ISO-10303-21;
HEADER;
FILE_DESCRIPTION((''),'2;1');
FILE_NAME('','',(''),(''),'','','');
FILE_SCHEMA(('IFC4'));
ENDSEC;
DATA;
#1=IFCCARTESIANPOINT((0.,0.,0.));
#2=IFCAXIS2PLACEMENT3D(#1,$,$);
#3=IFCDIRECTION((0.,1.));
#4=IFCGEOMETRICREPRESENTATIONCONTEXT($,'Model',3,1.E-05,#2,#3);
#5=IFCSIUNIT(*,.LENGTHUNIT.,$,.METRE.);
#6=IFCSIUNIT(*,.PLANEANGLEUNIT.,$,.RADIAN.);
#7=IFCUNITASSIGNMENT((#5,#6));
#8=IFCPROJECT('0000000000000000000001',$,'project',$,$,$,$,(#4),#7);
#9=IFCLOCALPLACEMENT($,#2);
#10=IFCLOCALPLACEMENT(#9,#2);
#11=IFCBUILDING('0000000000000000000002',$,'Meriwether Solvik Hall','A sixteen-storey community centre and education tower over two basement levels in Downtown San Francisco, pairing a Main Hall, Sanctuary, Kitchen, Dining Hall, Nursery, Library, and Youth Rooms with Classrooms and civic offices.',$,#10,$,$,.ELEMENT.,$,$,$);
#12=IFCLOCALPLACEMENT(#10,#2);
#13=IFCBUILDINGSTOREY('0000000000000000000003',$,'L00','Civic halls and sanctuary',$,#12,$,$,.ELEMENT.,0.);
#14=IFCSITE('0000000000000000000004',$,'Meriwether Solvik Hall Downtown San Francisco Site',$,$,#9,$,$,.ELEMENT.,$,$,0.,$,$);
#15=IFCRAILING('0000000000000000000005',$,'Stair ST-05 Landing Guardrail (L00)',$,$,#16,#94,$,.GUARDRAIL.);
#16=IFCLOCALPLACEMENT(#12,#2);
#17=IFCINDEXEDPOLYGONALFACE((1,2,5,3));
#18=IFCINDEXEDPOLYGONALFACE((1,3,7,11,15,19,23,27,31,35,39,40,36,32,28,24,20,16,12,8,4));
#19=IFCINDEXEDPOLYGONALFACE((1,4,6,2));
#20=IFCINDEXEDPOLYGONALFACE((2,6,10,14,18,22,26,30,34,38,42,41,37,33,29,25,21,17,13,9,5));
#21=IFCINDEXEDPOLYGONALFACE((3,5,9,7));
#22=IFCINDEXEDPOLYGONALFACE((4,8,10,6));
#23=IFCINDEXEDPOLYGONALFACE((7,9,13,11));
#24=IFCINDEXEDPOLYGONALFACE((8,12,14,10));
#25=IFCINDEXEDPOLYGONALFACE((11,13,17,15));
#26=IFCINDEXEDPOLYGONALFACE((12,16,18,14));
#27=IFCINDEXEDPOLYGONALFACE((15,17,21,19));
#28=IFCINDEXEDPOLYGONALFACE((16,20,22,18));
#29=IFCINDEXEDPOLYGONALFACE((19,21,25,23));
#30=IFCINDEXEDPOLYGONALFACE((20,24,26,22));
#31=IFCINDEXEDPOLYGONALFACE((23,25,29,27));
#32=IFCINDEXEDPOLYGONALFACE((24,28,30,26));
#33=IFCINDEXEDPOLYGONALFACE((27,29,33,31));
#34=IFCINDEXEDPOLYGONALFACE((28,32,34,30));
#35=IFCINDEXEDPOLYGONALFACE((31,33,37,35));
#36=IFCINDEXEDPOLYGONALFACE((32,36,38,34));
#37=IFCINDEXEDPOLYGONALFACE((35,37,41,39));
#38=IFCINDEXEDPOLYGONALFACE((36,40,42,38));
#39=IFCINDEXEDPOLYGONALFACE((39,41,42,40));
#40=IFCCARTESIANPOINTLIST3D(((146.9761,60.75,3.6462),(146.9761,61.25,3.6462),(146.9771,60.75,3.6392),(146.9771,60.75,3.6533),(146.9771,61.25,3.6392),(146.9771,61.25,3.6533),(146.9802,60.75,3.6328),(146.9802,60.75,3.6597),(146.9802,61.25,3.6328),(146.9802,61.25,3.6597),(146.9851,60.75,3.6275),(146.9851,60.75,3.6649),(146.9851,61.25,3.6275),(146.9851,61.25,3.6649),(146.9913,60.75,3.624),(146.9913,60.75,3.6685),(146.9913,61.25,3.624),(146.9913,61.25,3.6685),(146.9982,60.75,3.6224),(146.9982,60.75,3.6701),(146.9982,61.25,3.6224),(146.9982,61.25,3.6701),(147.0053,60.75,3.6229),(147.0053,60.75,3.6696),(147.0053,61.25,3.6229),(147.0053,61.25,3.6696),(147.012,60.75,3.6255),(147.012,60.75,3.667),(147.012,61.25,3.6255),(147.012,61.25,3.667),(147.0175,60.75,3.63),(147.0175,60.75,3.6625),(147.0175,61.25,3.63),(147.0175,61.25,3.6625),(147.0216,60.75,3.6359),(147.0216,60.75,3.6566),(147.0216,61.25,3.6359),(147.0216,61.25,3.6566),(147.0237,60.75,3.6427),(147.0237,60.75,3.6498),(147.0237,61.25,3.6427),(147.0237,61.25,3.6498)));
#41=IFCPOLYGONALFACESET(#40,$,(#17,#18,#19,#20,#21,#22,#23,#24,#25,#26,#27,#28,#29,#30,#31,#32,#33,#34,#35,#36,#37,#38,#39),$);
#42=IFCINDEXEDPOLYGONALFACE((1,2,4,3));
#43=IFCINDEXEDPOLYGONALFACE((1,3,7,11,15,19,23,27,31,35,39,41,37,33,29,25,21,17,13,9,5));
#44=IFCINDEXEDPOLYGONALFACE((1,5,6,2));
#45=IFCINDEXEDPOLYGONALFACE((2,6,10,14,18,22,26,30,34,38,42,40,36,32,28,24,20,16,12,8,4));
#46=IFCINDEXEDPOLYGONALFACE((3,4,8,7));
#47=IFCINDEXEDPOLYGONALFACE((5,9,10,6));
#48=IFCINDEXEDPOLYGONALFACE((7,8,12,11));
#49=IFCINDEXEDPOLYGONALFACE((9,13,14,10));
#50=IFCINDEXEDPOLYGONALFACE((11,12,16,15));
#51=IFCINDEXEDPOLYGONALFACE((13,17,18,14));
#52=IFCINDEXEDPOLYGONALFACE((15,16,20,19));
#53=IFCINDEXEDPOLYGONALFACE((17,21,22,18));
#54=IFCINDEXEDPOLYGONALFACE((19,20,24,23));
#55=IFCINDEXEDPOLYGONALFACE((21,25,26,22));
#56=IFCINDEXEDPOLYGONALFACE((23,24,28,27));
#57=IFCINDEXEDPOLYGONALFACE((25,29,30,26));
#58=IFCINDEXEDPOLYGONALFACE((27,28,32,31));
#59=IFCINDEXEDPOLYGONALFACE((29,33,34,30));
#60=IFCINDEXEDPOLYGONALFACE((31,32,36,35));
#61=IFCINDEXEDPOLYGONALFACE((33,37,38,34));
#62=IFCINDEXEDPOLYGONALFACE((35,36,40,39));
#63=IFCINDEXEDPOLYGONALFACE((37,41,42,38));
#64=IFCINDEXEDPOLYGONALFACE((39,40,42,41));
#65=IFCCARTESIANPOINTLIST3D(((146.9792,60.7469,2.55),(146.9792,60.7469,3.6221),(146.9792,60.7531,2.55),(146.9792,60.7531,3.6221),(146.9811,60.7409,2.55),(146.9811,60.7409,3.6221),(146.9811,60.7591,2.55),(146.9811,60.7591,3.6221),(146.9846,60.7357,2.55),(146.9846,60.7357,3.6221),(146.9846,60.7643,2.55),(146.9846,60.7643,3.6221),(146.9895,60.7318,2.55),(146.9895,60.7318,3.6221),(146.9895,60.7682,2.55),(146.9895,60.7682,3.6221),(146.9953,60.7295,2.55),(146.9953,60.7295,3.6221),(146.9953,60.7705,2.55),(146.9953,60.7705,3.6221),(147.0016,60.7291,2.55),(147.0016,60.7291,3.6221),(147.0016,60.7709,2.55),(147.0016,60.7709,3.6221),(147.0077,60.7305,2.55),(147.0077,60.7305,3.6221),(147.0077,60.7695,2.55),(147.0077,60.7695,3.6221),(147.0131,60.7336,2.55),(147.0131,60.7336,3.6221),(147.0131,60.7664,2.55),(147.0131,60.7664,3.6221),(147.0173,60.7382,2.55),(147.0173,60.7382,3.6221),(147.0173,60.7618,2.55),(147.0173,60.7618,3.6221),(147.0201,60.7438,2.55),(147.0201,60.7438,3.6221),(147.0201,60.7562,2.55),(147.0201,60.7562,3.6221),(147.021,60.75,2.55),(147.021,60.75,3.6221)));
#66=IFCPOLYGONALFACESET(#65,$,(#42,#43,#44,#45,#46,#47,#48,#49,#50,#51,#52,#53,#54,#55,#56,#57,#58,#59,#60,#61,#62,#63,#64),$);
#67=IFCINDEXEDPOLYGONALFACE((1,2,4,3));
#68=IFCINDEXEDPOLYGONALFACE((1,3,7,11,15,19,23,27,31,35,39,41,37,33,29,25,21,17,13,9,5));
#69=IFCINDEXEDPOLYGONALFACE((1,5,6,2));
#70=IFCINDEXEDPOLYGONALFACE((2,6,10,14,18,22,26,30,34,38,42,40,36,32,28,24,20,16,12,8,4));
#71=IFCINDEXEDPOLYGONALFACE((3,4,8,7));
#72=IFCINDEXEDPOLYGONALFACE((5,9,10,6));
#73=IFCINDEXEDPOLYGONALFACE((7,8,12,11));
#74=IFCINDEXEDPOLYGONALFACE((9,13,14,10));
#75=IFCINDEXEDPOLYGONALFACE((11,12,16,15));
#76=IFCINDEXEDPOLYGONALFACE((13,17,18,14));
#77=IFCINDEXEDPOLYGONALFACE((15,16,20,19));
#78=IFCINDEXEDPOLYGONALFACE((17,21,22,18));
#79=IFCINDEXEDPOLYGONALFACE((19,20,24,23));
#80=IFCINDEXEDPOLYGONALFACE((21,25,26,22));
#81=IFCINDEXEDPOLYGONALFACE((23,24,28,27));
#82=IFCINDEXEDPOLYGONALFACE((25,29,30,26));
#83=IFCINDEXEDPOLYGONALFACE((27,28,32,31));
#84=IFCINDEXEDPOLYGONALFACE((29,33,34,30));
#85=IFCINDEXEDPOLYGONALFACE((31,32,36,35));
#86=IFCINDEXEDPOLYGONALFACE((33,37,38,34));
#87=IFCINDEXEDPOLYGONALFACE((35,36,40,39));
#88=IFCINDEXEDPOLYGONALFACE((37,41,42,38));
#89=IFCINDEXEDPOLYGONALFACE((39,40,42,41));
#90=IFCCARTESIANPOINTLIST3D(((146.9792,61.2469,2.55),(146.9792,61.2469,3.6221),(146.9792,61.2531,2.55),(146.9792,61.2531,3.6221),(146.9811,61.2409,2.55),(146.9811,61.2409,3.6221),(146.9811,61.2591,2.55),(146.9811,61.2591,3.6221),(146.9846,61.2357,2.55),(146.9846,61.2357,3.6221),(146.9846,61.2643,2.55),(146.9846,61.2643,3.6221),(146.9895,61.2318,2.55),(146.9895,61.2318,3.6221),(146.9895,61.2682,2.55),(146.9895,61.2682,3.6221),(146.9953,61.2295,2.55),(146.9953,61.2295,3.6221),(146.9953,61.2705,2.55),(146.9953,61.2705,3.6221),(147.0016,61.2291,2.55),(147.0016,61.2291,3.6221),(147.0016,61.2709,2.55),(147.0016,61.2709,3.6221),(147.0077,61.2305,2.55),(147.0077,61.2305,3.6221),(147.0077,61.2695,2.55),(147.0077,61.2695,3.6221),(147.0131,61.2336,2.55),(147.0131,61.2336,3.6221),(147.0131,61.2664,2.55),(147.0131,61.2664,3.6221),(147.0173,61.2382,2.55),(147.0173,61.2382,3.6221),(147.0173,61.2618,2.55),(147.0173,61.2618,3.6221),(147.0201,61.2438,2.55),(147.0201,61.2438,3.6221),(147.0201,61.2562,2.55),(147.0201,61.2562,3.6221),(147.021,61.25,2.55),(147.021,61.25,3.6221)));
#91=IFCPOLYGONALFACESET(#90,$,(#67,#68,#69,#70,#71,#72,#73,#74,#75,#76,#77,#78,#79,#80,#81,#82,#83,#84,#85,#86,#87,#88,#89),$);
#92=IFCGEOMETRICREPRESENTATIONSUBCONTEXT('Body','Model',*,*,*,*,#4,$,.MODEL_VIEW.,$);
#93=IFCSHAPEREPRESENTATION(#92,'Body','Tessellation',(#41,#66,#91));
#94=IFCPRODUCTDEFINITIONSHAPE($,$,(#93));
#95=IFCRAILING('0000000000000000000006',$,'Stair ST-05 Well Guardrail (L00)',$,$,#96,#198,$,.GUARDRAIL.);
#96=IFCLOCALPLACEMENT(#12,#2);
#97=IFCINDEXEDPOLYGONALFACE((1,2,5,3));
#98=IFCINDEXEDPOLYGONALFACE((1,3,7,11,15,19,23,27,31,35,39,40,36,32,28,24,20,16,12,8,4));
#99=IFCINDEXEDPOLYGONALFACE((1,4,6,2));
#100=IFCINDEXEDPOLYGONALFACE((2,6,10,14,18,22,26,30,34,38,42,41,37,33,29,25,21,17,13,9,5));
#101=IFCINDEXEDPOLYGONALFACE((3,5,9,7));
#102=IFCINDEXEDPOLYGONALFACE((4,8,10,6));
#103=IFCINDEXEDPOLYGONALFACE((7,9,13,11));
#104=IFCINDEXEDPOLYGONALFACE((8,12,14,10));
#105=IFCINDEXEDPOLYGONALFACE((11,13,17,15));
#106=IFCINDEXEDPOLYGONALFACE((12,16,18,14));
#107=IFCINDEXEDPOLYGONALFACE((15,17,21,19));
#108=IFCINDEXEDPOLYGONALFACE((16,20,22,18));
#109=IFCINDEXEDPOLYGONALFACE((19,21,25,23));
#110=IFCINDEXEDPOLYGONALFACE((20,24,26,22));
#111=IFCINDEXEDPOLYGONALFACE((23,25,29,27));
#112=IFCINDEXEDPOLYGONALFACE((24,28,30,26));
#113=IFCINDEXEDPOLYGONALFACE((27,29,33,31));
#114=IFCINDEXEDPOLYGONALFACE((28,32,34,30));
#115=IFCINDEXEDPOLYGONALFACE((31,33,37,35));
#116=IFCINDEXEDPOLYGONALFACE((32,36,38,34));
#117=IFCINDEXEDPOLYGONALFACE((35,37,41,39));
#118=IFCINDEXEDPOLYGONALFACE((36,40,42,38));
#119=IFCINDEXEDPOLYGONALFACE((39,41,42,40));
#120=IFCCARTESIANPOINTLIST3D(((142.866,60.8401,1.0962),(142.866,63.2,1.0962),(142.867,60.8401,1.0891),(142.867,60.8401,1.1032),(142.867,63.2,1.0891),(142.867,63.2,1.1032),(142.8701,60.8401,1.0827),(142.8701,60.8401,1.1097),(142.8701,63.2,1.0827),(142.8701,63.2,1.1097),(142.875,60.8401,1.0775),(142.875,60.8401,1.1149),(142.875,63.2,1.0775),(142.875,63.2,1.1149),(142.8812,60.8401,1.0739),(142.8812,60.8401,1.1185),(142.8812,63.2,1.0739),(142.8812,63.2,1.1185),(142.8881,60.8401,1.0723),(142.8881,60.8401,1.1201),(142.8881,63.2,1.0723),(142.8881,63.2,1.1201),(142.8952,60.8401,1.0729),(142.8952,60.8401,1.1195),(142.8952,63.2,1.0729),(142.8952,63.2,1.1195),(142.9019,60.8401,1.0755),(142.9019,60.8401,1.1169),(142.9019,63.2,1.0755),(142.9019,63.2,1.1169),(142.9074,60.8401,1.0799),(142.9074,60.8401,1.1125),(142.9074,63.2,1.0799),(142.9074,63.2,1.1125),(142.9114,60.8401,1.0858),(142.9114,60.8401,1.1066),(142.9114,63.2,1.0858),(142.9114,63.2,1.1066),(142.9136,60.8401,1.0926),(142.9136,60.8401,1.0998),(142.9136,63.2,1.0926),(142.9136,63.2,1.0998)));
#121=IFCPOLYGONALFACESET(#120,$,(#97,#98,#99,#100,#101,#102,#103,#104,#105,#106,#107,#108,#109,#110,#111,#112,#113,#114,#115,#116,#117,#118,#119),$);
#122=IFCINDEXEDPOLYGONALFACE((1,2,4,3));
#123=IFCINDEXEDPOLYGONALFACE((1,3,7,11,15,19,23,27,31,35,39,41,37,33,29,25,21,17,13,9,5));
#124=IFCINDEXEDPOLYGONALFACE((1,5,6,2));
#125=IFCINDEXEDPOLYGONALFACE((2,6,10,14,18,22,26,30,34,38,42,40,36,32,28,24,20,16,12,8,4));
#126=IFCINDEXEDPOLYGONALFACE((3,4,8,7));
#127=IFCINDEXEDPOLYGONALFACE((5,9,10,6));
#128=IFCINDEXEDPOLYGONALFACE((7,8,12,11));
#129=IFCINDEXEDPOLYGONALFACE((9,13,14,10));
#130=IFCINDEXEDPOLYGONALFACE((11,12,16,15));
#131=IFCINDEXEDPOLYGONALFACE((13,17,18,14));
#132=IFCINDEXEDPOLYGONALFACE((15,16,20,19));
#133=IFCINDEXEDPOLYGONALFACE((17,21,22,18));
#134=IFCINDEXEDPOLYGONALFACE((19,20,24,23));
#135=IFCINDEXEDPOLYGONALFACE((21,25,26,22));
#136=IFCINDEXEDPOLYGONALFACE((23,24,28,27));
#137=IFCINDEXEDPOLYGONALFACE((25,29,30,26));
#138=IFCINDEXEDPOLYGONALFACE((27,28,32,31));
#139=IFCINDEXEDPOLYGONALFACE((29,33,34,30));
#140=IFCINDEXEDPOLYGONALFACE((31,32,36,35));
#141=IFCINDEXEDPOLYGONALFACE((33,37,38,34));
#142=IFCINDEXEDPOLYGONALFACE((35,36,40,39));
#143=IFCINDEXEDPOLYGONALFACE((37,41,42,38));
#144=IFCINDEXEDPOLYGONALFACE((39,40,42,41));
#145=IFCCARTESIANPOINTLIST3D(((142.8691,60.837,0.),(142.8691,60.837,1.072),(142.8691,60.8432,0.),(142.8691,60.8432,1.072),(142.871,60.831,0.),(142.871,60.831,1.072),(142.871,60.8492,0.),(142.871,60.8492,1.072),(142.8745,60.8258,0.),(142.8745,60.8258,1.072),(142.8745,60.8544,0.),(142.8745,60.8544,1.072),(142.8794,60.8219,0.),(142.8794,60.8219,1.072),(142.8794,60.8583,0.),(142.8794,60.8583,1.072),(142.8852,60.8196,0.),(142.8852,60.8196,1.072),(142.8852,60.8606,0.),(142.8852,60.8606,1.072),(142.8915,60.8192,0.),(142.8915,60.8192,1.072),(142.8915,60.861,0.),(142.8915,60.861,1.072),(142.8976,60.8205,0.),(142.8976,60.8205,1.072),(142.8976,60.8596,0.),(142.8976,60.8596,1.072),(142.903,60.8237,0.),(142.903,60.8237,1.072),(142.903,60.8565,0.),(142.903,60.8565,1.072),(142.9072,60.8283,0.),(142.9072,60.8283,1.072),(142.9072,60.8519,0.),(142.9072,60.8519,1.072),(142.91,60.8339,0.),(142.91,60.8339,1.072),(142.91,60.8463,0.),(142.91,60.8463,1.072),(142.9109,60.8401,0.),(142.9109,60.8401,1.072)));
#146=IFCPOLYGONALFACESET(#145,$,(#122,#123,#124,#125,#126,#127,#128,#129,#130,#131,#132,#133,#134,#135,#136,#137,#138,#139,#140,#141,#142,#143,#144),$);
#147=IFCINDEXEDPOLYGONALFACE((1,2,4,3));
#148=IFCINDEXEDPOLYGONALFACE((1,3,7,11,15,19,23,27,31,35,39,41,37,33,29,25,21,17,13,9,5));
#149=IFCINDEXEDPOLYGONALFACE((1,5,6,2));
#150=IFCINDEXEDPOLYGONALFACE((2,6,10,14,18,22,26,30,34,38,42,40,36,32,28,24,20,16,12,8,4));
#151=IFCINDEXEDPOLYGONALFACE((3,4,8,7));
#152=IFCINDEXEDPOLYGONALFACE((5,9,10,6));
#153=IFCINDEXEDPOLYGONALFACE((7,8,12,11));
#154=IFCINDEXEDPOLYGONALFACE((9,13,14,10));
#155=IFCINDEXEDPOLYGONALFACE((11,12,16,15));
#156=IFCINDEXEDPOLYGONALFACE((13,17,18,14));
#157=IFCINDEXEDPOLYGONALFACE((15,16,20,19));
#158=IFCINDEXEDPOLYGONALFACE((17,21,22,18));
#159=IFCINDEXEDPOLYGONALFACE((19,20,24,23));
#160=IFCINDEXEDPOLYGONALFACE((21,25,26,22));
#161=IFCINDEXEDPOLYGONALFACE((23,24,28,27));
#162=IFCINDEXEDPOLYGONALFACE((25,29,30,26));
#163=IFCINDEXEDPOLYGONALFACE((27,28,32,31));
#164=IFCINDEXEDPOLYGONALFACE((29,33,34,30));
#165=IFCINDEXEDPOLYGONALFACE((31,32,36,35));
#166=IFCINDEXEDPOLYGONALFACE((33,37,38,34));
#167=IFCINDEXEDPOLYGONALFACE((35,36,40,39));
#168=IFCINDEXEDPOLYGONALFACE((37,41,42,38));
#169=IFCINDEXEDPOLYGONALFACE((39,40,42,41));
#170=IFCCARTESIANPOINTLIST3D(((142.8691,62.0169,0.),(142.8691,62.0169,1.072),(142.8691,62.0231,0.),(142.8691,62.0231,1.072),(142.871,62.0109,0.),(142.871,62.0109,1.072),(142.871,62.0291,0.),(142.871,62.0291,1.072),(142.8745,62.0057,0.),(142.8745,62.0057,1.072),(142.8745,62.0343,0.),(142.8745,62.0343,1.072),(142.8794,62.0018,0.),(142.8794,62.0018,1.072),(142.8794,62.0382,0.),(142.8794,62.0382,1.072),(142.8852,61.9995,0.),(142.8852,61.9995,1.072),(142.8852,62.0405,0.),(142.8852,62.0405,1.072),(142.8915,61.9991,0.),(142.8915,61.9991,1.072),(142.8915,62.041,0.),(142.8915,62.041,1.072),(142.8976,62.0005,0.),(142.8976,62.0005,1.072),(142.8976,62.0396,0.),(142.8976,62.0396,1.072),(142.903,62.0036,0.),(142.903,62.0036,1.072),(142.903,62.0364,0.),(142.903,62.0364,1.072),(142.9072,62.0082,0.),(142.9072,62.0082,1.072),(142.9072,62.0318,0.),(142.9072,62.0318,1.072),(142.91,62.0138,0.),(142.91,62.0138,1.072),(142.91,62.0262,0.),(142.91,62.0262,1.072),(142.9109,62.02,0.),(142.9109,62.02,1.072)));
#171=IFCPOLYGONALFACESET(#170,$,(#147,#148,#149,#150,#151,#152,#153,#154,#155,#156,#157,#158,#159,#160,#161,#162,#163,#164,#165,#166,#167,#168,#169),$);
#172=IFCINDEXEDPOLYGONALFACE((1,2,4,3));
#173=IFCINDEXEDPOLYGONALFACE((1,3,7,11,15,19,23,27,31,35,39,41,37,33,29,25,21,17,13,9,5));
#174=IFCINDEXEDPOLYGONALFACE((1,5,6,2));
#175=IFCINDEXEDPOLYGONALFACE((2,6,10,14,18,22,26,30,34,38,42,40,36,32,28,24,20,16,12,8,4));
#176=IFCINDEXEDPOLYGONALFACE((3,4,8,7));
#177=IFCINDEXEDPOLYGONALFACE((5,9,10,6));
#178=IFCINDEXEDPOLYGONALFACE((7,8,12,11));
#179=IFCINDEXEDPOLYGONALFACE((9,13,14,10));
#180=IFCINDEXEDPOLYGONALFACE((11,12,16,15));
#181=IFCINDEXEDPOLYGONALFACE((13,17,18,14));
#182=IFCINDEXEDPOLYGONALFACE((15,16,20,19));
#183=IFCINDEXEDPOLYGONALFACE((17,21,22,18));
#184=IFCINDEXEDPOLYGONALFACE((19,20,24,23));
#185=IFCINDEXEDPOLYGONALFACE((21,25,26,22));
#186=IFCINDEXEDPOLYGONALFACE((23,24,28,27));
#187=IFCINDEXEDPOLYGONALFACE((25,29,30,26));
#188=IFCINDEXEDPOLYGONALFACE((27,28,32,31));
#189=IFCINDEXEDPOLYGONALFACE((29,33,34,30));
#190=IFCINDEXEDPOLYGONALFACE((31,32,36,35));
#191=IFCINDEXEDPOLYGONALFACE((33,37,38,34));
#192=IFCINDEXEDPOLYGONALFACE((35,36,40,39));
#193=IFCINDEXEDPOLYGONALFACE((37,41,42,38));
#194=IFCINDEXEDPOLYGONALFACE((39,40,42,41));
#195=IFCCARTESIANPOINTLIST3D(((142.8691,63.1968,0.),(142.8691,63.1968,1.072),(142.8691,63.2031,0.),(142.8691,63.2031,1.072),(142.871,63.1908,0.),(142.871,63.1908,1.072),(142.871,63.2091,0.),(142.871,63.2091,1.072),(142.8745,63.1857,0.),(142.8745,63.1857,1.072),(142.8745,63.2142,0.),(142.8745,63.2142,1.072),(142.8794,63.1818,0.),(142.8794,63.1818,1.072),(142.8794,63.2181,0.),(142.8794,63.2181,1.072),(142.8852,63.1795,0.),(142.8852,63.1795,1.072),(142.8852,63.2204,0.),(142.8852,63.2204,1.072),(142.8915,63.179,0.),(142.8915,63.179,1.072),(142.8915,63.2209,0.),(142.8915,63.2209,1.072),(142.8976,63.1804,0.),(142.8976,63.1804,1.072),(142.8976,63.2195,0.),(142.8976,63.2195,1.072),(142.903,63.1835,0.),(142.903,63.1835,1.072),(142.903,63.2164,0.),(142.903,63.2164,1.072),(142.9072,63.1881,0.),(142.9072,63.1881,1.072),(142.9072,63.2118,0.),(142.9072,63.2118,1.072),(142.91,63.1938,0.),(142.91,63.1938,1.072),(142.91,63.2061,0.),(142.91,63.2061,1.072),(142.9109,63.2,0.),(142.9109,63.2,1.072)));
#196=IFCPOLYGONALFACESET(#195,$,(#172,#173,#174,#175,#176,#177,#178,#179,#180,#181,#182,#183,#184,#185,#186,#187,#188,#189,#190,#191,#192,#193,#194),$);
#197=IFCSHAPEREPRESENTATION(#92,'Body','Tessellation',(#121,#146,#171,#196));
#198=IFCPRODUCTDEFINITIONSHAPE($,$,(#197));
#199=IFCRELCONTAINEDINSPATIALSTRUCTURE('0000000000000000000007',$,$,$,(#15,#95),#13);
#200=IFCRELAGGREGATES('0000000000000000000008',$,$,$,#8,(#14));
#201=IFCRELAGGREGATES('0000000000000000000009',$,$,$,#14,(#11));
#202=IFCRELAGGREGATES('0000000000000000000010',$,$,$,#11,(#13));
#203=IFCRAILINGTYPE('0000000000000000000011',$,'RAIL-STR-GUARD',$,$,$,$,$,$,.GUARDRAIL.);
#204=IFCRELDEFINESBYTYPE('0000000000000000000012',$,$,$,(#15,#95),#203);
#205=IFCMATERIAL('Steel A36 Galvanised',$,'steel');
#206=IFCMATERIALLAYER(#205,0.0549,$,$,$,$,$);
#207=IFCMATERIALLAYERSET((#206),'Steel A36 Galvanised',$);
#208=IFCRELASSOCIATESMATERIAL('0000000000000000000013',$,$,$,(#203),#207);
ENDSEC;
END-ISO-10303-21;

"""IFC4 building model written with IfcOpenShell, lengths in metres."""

from ifc_helpers import new_model, si_unit, direction, frame, origin, origin_2d, place, context, subcontext, project, spatial, circle, extrude, material, layer, layer_set, type_object, element, save


model = new_model("IFC4")

# Units and contexts
model_context = context("Model", 3, precision=1e-05, world=origin(), true_north=direction((0.0, 1.0)))
body_context = subcontext(model_context, "Body", "Model", "MODEL_VIEW")
ifc_project = project(units=[si_unit("LENGTHUNIT", "METRE"), si_unit("PLANEANGLEUNIT", "RADIAN")], contexts=[model_context])

# Site, building, storey
site_placement = place(None, origin())
site = spatial("IfcSite", under=ifc_project, at=site_placement, Name="Meriwether Solvik Hall Downtown San Francisco Site", CompositionType="ELEMENT", RefElevation=0.0)
building_placement = place(site_placement, origin())
building = spatial("IfcBuilding", under=site, at=building_placement, Name="Meriwether Solvik Hall", Description="A sixteen-storey community centre and education tower over two basement levels in Downtown San Francisco, pairing a Main Hall, Sanctuary, Kitchen, Dining Hall, Nursery, Library, and Youth Rooms with Classrooms and civic offices.", CompositionType="ELEMENT")
storey_placement = place(building_placement, origin())
storey = spatial("IfcBuildingStorey", under=building, at=storey_placement, Name="L00", Description="Civic halls and sanctuary", CompositionType="ELEMENT", Elevation=0.0)

# Railings
ifc_material_1 = material(Name="Steel A36 Galvanised", Category="steel")
ifc_layer_1 = layer(ifc_material_1, 0.0549)
ifc_layer_set_1 = layer_set([ifc_layer_1], Name="Steel A36 Galvanised")
railing_type_1 = type_object("IfcRailingType", Name="RAIL-STR-GUARD", PredefinedType="GUARDRAIL", material=ifc_layer_set_1)
railing_1_placement = place(storey_placement, frame((147.0, 60.75, 2.55)))
element("IfcRailing", 1, at=railing_1_placement, inside=storey, type_object=railing_type_1, Name="Stair ST-05 Landing Guardrail (L00)", PredefinedType="GUARDRAIL", context=body_context, shape_type="SweptSolid", body=[
    extrude(circle(Radius=0.0239, at=origin_2d()), frame((0.0, 0.0, 1.0962), z_axis=(0.0, 1.0, 0.0), x_axis=(-1.0, 0.0, 0.0)), (0.0, 0.0, 1.0), 0.5),
    extrude(circle(Radius=0.021, at=origin_2d()), origin(), (0.0, 0.0, 1.0), 1.072),
    extrude(circle(Radius=0.021, at=origin_2d()), frame((0.0, 0.5, 0.0)), (0.0, 0.0, 1.0), 1.072),
])
railing_2_placement = place(storey_placement, frame((142.8899, 60.8401, 0.0)))
element("IfcRailing", 2, at=railing_2_placement, inside=storey, type_object=railing_type_1, Name="Stair ST-05 Well Guardrail (L00)", PredefinedType="GUARDRAIL", context=body_context, shape_type="SweptSolid", body=[
    extrude(circle(Radius=0.0239, at=origin_2d()), frame((0.0, 0.0, 1.0962), z_axis=(0.0, 1.0, 0.0), x_axis=(-1.0, 0.0, 0.0)), (0.0, 0.0, 1.0), 2.3599),
    extrude(circle(Radius=0.021, at=origin_2d()), origin(), (0.0, 0.0, 1.0), 1.072),
    extrude(circle(Radius=0.021, at=origin_2d()), frame((0.0, 1.1799, 0.0)), (0.0, 0.0, 1.0), 1.072),
    extrude(circle(Radius=0.021, at=origin_2d()), frame((0.0, 2.3599, 0.0)), (0.0, 0.0, 1.0), 1.072),
])

save(model, "model.ifc")
